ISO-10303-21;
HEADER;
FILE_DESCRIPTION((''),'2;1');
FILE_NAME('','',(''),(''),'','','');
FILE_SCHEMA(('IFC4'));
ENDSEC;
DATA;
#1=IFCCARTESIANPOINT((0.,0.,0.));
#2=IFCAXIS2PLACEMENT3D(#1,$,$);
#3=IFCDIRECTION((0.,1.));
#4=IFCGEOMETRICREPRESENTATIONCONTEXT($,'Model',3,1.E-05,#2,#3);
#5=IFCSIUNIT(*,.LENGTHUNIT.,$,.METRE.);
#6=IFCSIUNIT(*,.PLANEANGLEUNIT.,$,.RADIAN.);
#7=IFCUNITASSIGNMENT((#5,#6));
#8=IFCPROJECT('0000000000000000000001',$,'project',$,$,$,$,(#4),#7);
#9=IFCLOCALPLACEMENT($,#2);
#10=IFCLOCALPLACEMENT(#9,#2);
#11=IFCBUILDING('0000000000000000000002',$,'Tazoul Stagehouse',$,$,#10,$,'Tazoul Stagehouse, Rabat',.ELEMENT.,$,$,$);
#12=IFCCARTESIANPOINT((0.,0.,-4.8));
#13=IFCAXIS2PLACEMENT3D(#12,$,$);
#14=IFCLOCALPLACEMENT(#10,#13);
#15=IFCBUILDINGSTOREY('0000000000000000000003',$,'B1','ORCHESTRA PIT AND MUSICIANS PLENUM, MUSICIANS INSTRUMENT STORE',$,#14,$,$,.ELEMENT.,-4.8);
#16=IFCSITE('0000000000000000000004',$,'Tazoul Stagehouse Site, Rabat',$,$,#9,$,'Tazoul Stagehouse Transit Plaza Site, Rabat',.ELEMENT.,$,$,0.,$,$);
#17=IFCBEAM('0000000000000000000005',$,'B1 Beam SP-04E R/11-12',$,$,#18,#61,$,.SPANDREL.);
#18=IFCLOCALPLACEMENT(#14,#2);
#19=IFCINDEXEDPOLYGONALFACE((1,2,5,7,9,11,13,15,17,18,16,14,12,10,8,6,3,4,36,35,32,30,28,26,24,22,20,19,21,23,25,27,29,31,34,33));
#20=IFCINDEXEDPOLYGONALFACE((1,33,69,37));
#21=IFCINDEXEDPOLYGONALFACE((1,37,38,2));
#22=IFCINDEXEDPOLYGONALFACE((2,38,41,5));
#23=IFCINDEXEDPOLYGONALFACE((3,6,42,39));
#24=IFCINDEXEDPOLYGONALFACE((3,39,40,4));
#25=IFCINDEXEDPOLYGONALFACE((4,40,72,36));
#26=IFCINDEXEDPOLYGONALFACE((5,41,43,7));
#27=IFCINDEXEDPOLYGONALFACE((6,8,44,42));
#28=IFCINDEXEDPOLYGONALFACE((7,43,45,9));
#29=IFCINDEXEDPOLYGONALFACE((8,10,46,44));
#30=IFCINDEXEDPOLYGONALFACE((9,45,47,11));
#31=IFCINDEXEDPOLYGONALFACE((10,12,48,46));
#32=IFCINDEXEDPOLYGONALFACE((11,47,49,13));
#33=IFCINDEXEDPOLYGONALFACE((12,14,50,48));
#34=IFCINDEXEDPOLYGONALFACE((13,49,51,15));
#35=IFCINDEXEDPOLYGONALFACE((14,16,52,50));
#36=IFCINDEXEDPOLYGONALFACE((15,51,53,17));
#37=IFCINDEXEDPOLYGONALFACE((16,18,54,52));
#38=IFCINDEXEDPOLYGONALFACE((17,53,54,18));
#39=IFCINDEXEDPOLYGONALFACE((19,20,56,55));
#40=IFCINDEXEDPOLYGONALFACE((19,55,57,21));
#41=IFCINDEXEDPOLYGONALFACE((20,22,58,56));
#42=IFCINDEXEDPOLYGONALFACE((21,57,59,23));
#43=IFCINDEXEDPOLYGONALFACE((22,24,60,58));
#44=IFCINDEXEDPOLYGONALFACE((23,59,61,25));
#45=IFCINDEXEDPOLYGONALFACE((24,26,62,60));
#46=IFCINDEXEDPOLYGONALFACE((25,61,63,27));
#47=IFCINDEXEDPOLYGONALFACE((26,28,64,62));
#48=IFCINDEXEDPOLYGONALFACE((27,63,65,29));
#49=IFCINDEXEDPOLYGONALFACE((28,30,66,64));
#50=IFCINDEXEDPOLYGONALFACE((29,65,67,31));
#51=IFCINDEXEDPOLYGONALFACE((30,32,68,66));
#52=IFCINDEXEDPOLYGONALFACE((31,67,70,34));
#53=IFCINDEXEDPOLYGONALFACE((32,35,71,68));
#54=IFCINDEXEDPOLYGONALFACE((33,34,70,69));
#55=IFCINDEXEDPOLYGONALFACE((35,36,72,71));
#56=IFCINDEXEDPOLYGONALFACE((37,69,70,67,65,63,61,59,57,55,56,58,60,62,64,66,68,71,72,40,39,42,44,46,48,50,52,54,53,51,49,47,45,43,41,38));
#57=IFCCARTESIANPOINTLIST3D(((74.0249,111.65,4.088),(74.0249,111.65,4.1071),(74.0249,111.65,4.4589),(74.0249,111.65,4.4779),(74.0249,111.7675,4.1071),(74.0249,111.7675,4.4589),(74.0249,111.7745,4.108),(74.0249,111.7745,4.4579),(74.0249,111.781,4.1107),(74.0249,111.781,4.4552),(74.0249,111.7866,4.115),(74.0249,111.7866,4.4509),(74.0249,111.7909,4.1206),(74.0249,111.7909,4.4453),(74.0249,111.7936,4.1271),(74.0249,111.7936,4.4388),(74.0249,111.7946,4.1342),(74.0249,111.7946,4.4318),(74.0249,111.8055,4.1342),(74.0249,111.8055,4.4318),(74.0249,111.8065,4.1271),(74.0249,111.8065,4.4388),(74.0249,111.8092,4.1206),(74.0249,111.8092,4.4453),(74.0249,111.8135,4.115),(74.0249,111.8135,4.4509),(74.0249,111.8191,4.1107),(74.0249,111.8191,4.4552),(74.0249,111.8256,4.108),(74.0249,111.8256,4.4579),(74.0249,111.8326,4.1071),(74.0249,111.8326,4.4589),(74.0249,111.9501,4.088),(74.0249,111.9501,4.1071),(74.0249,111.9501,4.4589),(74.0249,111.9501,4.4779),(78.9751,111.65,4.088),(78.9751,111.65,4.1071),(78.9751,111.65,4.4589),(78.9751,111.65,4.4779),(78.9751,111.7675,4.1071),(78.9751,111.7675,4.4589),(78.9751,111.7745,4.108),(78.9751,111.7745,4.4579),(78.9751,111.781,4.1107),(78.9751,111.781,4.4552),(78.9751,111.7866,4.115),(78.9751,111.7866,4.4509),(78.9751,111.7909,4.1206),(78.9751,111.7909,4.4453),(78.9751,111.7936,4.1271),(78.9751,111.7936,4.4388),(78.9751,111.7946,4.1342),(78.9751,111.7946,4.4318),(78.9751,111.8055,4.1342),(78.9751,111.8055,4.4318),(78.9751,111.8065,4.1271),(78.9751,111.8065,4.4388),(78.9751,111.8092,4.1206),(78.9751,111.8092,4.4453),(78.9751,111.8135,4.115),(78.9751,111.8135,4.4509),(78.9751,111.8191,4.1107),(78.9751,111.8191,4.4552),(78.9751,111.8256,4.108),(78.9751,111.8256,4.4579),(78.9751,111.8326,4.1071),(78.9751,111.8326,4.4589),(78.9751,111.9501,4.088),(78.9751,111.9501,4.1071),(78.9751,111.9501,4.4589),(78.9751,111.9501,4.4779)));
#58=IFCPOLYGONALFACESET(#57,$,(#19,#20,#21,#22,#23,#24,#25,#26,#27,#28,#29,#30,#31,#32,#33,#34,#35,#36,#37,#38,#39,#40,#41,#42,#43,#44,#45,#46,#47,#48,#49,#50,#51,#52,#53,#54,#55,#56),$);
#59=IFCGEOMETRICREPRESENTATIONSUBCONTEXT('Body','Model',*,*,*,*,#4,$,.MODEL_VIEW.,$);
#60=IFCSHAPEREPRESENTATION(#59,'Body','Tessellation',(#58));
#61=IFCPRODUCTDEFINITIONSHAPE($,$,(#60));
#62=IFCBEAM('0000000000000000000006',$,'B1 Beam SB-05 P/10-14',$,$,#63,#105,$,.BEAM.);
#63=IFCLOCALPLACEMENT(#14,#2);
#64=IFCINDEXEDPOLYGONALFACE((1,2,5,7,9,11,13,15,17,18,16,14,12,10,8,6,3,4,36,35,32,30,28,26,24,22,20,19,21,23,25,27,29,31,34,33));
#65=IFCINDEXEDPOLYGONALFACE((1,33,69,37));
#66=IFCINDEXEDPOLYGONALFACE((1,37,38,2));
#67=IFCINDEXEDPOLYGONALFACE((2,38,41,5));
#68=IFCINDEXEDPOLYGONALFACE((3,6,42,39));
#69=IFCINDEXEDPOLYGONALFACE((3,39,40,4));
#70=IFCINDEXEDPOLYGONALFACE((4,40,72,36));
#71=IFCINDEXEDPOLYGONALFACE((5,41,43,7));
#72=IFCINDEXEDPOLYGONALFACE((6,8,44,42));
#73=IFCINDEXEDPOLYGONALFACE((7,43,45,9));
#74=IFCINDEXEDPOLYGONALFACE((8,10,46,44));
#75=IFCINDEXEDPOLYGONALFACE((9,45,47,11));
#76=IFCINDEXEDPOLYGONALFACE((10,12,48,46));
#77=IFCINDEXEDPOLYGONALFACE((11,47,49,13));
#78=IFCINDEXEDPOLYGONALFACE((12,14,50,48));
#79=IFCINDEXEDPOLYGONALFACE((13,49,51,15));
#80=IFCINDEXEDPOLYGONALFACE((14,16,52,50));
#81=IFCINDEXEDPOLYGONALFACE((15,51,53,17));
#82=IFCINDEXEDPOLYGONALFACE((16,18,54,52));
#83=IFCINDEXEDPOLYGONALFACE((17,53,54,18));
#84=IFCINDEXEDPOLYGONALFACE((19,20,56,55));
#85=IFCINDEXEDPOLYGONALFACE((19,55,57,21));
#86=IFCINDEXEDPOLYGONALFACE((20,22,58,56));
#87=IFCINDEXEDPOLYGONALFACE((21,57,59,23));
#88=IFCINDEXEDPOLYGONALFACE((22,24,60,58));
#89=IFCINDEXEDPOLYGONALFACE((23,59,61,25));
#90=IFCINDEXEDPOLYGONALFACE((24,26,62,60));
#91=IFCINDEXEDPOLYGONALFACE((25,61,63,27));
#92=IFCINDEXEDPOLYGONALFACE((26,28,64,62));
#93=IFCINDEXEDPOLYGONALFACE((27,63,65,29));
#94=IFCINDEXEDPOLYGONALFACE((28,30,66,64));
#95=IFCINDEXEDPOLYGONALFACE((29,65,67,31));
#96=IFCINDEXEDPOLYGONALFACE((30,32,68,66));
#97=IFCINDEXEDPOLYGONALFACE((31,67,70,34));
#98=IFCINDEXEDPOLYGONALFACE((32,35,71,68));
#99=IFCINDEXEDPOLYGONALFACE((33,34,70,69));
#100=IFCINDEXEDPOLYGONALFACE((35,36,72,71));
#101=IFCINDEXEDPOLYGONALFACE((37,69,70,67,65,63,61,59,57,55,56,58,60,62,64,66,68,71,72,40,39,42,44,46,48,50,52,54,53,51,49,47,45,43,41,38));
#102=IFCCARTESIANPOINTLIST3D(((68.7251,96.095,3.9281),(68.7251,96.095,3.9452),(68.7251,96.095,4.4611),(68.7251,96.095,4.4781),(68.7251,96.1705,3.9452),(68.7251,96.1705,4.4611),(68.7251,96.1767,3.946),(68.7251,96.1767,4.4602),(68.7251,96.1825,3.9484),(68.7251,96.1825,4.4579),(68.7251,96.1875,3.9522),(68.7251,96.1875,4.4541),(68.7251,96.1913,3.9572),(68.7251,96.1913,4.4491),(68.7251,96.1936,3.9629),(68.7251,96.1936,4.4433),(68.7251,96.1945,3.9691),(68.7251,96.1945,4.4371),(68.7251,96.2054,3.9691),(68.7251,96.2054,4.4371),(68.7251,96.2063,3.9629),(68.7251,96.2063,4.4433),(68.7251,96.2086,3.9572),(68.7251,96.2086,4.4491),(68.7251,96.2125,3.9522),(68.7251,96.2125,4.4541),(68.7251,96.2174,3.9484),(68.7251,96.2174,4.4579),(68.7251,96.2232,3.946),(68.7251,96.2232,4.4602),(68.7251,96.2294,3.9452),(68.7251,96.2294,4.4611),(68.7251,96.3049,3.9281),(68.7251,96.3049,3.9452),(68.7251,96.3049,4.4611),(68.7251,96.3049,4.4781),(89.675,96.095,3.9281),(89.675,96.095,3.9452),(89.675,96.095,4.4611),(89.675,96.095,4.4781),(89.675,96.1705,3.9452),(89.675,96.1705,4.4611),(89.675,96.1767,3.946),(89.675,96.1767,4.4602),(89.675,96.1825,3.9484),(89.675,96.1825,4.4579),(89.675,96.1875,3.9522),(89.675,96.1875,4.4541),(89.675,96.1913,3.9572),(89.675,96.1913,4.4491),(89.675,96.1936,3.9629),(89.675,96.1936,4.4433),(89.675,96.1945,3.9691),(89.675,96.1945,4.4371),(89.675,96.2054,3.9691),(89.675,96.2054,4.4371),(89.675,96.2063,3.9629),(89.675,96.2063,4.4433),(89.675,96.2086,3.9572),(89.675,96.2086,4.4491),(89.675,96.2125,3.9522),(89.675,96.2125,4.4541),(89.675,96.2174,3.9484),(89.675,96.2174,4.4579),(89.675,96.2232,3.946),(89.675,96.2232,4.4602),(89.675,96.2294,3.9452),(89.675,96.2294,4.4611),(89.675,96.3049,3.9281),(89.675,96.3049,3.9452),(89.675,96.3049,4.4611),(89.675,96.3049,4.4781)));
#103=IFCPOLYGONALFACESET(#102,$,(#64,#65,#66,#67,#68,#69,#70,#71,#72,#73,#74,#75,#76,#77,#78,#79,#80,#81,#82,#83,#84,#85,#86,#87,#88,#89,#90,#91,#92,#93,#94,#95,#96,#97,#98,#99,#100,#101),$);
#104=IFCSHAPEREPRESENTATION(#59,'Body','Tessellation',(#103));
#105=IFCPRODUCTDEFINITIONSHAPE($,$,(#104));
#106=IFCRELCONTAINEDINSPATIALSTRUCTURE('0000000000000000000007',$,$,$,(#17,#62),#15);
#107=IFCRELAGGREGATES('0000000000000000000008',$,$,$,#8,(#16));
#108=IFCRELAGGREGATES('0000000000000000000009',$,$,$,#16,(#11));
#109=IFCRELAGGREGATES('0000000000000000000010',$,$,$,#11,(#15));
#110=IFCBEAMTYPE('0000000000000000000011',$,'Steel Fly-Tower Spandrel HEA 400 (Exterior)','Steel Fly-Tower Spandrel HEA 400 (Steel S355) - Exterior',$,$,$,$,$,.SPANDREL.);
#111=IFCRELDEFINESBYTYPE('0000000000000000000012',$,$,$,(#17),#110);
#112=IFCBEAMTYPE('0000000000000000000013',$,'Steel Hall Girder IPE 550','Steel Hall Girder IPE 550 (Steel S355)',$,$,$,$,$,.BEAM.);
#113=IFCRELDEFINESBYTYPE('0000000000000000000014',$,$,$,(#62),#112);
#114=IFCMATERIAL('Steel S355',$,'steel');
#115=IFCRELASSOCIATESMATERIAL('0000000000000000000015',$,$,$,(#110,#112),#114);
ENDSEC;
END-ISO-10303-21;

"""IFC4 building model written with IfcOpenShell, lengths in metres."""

from ifc_helpers import new_model, si_unit, direction, frame, origin, origin_2d, place, context, subcontext, project, spatial, i_section, extrude, material, material_profile, profile_set, type_object, element, save


model = new_model("IFC4")

# Units and contexts
model_context = context("Model", 3, precision=1e-05, world=origin(), true_north=direction((0.0, 1.0)))
body_context = subcontext(model_context, "Body", "Model", "MODEL_VIEW")
ifc_project = project(units=[si_unit("LENGTHUNIT", "METRE"), si_unit("PLANEANGLEUNIT", "RADIAN")], contexts=[model_context])

# Site, building, storey
site_placement = place(None, origin())
site = spatial("IfcSite", under=ifc_project, at=site_placement, Name="Tazoul Stagehouse Site, Rabat", LongName="Tazoul Stagehouse Transit Plaza Site, Rabat", CompositionType="ELEMENT", RefElevation=0.0)
building_placement = place(site_placement, origin())
building = spatial("IfcBuilding", under=site, at=building_placement, Name="Tazoul Stagehouse", LongName="Tazoul Stagehouse, Rabat", CompositionType="ELEMENT")
storey_placement = place(building_placement, frame((0.0, 0.0, -4.8)))
storey = spatial("IfcBuildingStorey", under=building, at=storey_placement, Name="B1", Description="ORCHESTRA PIT AND MUSICIANS PLENUM, MUSICIANS INSTRUMENT STORE", CompositionType="ELEMENT", Elevation=-4.8)

# Beams
ifc_material_1 = material(Name="Steel S355", Category="steel")
ifc_material_profile_1 = material_profile(ifc_material_1, i_section(OverallWidth=0.3, OverallDepth=0.3899, WebThickness=0.011, FlangeThickness=0.019, FilletRadius=0.0271, at=origin_2d()), Name="HEA 400")
ifc_profile_set_1 = profile_set([ifc_material_profile_1], Name="Steel S355")
beam_type_1 = type_object("IfcBeamType", Name="Steel Fly-Tower Spandrel HEA 400 (Exterior)", Description="Steel Fly-Tower Spandrel HEA 400 (Steel S355) - Exterior", PredefinedType="SPANDREL", material=ifc_profile_set_1)
beam_1_placement = place(storey_placement, frame((74.0249, 111.8, 4.283), z_axis=(1.0, 0.0, 0.0), x_axis=(0.0, 1.0, 0.0)))
element("IfcBeam", 1, at=beam_1_placement, inside=storey, type_object=beam_type_1, Name="B1 Beam SP-04E R/11-12", PredefinedType="SPANDREL", context=body_context, shape_type="SweptSolid", body=[
    extrude(i_section(OverallWidth=0.3, OverallDepth=0.3899, WebThickness=0.011, FlangeThickness=0.019, FilletRadius=0.0271, at=origin_2d()), origin(), (0.0, 0.0, 1.0), 4.9502),
])
ifc_material_profile_2 = material_profile(ifc_material_1, i_section(OverallWidth=0.21, OverallDepth=0.55, WebThickness=0.011, FlangeThickness=0.0171, FilletRadius=0.0239, at=origin_2d()), Name="IPE 550")
ifc_profile_set_2 = profile_set([ifc_material_profile_2], Name="Steel S355")
beam_type_2 = type_object("IfcBeamType", Name="Steel Hall Girder IPE 550", Description="Steel Hall Girder IPE 550 (Steel S355)", PredefinedType="BEAM", material=ifc_profile_set_2)
beam_2_placement = place(storey_placement, frame((68.7251, 96.2, 4.2031), z_axis=(1.0, 0.0, 0.0), x_axis=(0.0, 1.0, 0.0)))
element("IfcBeam", 2, at=beam_2_placement, inside=storey, type_object=beam_type_2, Name="B1 Beam SB-05 P/10-14", PredefinedType="BEAM", context=body_context, shape_type="SweptSolid", body=[
    extrude(i_section(OverallWidth=0.21, OverallDepth=0.55, WebThickness=0.011, FlangeThickness=0.0171, FilletRadius=0.0239, at=origin_2d()), origin(), (0.0, 0.0, 1.0), 20.95),
])

save(model, "model.ifc")
